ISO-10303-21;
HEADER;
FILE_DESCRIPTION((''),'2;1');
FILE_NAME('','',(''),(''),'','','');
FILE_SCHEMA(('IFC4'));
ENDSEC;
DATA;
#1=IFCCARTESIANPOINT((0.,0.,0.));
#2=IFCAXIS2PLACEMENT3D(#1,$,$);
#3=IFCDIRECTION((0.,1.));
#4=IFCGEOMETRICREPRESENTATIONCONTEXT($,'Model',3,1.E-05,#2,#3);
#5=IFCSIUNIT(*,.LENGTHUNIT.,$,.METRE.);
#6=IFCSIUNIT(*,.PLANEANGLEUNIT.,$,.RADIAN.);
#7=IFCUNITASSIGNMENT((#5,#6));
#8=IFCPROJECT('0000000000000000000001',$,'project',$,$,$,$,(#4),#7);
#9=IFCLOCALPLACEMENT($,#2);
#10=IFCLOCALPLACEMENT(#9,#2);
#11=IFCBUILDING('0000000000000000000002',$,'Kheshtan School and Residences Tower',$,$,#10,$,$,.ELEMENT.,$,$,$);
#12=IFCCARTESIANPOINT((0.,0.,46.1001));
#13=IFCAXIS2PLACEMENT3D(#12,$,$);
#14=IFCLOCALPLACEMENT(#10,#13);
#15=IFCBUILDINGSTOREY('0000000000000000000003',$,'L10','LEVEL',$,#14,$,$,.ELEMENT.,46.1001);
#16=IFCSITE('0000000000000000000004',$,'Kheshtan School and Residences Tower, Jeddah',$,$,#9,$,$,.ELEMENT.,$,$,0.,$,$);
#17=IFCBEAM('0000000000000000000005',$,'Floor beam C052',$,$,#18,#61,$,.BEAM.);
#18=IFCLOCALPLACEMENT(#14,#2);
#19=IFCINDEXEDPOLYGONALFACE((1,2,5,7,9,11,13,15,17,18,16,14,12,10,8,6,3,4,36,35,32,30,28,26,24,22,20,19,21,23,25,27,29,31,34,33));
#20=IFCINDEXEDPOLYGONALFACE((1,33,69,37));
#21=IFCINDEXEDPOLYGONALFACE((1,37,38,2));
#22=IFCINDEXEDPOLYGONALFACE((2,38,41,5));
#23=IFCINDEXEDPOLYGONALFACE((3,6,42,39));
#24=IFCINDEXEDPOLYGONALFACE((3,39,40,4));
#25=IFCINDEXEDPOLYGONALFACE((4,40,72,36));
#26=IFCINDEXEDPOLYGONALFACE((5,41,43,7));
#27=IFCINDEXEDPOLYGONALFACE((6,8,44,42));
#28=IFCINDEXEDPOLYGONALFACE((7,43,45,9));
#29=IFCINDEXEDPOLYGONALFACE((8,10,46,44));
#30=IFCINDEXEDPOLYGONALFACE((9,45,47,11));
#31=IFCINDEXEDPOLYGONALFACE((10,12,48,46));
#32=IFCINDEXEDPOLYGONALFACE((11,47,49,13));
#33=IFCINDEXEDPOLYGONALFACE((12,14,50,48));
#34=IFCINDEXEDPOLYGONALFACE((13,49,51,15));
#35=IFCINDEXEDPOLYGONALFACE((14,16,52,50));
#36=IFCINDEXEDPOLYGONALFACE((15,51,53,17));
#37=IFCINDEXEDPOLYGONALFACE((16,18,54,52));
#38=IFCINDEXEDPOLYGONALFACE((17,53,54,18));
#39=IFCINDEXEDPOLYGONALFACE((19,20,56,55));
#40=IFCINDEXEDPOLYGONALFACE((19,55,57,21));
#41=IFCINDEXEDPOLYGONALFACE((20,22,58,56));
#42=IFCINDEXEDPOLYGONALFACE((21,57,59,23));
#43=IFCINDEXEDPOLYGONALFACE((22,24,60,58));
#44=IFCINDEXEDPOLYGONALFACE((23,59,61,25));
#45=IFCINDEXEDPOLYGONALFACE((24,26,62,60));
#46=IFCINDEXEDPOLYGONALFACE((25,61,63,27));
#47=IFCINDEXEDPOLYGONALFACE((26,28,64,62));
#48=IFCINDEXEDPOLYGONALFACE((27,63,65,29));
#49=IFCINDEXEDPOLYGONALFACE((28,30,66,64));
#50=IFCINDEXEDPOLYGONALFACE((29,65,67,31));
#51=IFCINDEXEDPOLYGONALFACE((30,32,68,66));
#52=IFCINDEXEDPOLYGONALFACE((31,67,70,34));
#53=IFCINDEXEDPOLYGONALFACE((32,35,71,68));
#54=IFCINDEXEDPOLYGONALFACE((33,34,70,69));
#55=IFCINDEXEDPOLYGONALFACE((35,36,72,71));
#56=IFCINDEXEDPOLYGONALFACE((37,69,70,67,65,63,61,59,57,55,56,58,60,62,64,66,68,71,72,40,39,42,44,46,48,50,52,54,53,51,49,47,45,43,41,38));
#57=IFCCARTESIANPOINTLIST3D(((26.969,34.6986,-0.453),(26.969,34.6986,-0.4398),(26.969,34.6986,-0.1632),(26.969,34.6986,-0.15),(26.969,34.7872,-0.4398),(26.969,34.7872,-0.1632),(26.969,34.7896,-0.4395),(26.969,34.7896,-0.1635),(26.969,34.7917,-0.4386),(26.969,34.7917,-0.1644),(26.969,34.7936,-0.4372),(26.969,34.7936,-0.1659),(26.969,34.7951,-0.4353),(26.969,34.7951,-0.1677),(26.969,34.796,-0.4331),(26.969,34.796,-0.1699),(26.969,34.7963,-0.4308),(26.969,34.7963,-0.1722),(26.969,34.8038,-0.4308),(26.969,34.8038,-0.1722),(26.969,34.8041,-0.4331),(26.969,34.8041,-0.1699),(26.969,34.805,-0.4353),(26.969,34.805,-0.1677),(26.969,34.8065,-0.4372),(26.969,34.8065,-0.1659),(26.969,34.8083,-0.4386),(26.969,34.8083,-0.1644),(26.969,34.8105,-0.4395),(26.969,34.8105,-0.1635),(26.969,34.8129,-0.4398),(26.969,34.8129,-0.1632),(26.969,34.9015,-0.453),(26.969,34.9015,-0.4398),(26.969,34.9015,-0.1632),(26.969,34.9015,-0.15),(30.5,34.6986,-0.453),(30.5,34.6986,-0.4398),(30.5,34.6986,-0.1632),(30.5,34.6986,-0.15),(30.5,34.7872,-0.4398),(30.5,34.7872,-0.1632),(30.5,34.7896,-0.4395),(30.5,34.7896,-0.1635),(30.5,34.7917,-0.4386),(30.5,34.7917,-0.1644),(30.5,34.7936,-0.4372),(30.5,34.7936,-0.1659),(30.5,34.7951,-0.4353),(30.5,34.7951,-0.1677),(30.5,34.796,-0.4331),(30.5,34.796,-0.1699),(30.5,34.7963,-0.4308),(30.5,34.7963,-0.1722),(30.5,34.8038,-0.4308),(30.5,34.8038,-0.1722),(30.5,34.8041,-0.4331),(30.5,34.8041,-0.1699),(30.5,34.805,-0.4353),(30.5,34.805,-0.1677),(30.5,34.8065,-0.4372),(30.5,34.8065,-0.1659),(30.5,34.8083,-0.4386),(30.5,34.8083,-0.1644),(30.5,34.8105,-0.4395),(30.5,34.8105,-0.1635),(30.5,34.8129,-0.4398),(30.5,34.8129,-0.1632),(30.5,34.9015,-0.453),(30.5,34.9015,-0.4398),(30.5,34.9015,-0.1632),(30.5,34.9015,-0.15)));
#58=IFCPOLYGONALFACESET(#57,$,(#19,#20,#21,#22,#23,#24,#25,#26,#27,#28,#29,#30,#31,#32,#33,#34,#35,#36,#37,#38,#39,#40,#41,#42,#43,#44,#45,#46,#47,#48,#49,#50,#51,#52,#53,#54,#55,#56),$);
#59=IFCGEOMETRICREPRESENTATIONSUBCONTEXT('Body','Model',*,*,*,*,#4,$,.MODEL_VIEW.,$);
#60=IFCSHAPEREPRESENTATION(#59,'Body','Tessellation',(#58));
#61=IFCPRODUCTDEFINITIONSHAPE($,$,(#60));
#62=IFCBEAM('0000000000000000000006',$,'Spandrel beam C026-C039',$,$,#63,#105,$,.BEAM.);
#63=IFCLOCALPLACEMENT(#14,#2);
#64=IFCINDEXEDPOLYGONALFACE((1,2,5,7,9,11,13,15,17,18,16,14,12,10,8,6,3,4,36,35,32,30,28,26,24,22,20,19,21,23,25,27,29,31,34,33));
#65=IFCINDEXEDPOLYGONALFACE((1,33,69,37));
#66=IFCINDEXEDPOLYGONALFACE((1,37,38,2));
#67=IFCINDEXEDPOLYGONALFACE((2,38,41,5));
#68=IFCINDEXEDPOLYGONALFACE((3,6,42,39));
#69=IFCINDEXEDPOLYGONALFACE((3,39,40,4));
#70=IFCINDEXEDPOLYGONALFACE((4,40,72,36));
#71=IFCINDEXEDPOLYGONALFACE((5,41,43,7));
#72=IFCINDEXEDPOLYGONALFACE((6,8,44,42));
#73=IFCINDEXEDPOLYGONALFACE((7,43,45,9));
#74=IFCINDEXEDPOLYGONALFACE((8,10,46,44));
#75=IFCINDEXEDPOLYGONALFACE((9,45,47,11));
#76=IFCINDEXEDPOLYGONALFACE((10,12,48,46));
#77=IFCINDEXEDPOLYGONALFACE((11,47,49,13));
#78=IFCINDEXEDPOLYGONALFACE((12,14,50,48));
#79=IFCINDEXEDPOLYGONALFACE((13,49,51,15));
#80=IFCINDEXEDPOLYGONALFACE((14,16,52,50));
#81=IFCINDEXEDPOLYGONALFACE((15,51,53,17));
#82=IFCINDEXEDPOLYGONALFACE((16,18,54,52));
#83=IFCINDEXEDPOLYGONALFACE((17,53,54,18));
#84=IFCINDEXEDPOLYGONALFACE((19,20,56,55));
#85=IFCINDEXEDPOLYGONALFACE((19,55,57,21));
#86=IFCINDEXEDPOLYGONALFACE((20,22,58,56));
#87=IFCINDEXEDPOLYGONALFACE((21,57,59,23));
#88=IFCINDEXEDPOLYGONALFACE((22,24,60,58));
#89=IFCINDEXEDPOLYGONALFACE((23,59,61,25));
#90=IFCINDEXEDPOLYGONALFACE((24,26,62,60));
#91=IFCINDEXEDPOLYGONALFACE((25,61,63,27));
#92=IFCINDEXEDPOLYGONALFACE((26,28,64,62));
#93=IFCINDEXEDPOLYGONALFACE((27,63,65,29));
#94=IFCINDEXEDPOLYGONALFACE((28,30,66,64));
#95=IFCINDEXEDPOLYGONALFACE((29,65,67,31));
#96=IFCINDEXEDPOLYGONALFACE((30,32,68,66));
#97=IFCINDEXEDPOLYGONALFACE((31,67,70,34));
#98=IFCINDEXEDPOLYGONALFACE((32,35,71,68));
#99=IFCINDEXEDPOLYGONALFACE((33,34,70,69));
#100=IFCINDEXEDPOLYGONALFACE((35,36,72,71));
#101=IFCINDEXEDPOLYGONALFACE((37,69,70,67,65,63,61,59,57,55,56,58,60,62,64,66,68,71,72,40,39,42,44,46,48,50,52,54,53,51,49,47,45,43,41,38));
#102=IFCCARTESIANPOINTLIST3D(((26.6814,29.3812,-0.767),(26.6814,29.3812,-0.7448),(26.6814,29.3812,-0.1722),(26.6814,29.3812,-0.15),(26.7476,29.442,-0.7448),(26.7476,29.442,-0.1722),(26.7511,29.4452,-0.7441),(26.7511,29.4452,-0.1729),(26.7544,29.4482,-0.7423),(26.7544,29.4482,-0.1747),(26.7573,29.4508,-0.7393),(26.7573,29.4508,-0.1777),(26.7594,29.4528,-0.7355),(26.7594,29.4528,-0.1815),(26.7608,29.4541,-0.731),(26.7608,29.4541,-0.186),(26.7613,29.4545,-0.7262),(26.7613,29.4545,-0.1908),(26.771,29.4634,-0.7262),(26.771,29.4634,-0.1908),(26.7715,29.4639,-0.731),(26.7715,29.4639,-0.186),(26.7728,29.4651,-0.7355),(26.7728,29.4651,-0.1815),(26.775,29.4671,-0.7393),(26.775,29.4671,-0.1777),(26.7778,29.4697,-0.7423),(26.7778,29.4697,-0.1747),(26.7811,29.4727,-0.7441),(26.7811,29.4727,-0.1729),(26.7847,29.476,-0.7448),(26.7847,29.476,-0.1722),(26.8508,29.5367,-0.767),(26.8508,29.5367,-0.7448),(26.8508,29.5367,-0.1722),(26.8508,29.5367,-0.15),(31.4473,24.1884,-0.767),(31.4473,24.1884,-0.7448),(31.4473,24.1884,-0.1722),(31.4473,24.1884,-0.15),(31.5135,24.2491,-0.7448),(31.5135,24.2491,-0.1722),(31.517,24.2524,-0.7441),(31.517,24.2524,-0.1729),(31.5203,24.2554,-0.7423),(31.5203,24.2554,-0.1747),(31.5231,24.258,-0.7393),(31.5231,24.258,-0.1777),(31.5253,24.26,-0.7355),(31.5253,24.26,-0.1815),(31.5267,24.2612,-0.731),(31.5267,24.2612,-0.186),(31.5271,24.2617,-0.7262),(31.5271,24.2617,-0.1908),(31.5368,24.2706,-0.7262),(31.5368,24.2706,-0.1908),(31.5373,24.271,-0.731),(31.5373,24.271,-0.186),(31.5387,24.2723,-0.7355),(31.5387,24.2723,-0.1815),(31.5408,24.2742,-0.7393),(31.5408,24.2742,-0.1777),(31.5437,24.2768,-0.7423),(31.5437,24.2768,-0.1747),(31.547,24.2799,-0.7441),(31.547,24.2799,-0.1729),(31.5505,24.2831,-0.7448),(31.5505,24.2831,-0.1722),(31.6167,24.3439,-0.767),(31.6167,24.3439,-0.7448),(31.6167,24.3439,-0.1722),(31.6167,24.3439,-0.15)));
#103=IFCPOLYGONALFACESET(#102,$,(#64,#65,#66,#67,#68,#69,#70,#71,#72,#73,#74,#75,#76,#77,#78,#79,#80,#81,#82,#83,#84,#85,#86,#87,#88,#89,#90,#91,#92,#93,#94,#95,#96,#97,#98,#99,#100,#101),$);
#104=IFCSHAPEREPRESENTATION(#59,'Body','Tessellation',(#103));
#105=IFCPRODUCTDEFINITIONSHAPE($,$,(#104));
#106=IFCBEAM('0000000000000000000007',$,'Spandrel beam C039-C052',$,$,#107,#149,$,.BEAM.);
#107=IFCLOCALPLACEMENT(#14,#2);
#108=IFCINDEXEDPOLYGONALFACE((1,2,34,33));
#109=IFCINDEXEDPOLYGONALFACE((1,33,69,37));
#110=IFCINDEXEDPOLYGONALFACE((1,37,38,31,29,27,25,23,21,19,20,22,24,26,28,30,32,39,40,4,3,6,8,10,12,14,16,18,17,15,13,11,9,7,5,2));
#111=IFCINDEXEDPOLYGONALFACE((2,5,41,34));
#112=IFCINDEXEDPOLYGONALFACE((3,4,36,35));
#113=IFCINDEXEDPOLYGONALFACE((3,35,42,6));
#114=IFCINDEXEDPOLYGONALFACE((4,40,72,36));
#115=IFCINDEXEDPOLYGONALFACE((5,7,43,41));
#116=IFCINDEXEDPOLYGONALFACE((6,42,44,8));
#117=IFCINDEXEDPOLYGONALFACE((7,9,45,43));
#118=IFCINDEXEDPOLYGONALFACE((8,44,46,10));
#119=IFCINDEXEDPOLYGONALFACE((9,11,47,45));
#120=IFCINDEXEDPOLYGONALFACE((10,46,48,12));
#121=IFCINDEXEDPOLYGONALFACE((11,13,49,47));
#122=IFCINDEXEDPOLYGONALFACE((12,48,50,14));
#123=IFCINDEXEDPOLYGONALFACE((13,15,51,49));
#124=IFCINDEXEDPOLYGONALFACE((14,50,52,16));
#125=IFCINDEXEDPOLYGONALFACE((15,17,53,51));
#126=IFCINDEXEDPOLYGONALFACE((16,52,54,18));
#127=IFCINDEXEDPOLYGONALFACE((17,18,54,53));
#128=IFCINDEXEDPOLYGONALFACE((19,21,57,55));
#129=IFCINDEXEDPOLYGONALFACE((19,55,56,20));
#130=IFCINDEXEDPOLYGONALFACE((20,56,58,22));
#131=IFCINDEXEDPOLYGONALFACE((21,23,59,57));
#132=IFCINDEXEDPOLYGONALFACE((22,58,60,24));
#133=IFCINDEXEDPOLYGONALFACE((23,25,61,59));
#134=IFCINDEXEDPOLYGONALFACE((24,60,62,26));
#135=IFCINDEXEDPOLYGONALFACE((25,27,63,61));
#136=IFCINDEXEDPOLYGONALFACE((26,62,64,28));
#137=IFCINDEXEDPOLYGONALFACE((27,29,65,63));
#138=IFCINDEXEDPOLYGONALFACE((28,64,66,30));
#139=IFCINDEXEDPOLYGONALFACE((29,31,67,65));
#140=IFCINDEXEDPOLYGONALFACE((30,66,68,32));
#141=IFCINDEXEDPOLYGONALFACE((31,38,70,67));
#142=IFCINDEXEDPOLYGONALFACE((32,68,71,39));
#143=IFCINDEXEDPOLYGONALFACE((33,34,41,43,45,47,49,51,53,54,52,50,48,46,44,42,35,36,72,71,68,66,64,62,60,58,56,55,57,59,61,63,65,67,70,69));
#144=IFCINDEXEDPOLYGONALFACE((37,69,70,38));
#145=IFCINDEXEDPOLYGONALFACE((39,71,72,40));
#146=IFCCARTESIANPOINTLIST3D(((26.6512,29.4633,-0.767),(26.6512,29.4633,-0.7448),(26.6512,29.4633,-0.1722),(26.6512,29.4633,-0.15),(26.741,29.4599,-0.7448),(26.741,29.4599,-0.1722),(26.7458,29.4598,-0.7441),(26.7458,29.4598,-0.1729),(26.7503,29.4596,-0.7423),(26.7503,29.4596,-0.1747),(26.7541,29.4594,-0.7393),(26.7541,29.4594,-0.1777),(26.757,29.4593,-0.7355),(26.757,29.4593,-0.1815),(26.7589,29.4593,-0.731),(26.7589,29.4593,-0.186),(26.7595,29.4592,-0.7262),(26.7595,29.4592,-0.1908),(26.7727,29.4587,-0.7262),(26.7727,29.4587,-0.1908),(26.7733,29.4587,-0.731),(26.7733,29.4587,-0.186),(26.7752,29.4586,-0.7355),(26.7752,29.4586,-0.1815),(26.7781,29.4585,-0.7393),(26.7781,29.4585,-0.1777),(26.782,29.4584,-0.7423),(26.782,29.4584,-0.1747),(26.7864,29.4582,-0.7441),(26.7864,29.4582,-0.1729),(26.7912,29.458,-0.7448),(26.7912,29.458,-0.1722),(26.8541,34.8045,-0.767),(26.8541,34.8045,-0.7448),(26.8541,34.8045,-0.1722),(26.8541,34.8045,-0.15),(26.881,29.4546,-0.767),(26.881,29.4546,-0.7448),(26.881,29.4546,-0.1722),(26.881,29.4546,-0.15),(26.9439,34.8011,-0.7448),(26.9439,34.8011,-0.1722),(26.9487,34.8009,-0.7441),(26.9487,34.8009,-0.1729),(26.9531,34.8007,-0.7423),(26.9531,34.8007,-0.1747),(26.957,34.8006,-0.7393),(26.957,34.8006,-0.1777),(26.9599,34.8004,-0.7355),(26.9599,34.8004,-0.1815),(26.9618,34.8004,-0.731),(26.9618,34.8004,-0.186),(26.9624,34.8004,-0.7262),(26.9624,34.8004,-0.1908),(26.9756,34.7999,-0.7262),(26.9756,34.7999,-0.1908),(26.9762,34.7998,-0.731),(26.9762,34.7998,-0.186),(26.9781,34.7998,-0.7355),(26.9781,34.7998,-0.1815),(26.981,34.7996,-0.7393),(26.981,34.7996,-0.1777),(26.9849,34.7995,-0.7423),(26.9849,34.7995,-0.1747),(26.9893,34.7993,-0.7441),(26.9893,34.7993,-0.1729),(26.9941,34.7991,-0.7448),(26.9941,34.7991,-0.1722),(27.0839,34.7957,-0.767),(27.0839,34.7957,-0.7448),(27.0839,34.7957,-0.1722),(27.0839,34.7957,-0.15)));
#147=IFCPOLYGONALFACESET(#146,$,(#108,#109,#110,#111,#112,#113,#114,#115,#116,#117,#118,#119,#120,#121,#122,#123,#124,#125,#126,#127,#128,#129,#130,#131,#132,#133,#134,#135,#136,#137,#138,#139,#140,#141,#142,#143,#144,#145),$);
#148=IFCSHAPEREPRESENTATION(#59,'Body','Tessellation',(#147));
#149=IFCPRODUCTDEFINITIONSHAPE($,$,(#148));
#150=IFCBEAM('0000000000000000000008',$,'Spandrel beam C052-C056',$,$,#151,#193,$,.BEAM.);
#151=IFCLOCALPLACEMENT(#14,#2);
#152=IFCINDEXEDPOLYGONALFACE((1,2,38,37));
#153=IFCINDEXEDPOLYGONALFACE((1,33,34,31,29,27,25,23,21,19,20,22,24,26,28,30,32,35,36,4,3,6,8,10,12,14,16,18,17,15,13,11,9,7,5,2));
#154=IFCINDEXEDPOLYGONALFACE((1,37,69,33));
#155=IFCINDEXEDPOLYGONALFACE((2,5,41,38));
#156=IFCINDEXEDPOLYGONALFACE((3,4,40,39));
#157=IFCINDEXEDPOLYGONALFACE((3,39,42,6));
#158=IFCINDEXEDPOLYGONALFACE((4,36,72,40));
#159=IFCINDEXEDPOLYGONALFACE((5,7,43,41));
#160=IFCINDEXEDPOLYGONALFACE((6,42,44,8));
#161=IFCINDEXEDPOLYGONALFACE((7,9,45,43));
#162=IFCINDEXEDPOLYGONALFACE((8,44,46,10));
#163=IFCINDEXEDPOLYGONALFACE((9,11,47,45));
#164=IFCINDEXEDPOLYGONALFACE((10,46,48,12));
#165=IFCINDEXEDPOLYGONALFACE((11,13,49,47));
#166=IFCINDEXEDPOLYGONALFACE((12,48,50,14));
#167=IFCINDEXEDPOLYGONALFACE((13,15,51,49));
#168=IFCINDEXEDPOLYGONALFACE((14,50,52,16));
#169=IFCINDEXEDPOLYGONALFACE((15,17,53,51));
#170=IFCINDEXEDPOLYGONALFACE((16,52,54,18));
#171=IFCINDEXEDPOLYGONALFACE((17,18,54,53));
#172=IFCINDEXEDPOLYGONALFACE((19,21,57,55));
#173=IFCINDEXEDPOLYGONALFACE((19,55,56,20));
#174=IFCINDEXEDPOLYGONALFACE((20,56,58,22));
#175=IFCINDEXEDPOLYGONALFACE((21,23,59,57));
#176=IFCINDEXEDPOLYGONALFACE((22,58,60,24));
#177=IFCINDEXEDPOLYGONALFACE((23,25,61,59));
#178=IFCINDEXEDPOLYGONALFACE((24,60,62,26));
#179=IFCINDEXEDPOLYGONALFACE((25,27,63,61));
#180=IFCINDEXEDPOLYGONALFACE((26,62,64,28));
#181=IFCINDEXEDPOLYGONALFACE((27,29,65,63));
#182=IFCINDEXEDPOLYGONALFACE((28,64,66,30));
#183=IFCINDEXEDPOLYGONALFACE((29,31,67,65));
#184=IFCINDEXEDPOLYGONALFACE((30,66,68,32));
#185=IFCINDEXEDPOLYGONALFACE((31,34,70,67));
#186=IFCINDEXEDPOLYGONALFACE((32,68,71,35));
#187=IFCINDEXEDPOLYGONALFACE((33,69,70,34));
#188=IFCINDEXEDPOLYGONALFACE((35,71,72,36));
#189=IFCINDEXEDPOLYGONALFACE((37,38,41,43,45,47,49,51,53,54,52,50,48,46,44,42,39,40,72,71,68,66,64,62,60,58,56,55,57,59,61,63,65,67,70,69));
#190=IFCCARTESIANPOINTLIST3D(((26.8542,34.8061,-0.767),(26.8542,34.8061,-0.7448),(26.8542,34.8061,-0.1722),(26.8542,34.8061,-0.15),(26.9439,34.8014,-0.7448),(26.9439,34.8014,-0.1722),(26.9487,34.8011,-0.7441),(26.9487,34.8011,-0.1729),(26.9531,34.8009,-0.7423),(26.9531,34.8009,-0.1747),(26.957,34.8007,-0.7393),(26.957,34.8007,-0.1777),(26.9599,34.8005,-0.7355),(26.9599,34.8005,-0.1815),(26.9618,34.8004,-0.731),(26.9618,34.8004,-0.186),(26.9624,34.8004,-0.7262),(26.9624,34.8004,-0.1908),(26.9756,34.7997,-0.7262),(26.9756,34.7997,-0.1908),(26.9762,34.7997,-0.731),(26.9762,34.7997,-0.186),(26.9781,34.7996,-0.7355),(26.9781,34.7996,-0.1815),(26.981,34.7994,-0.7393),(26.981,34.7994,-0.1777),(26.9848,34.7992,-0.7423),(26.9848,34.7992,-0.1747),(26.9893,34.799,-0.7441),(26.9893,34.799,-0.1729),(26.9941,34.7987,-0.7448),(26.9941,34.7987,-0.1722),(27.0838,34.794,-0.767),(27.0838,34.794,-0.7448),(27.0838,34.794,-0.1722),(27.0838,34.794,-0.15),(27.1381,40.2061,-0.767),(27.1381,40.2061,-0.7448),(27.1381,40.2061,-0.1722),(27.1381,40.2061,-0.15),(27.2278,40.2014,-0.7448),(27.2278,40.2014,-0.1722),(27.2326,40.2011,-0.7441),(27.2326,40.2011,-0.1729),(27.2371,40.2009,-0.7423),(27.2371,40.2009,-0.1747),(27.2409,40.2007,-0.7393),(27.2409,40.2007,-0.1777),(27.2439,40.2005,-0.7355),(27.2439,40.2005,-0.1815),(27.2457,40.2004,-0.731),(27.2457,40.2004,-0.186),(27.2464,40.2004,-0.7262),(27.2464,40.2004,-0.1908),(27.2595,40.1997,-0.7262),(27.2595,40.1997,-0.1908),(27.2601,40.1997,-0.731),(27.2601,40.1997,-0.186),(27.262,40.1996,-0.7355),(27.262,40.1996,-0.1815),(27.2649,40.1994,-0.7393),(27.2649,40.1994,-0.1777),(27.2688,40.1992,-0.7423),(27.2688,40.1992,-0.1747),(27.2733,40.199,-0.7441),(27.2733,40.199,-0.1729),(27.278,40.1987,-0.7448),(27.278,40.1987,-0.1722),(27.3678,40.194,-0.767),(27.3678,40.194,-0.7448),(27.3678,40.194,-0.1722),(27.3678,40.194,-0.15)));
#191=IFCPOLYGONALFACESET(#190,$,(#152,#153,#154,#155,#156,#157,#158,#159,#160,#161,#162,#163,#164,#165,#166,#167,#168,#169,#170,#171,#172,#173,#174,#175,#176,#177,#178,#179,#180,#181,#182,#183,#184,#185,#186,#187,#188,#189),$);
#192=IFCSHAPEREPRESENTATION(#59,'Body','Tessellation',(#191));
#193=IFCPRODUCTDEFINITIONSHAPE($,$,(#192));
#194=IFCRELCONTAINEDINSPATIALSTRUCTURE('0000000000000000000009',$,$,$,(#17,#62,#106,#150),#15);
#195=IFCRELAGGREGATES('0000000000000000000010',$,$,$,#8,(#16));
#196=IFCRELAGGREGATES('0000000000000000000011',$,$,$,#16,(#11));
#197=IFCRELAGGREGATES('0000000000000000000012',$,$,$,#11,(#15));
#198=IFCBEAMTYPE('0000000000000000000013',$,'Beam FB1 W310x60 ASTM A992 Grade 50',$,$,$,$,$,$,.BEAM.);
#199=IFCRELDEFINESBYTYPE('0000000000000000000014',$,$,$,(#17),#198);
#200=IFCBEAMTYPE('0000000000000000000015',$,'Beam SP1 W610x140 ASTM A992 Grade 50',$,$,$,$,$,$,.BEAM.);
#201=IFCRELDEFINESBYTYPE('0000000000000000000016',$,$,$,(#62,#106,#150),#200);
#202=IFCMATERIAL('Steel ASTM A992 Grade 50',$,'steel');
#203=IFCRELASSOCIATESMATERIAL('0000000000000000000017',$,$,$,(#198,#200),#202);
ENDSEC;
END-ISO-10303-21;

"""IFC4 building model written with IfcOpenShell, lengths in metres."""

from ifc_helpers import new_model, si_unit, direction, frame, origin, origin_2d, place, context, subcontext, project, spatial, i_section, extrude, material, material_profile, profile_set, type_object, element, save


model = new_model("IFC4")

# Units and contexts
model_context = context("Model", 3, precision=1e-05, world=origin(), true_north=direction((0.0, 1.0)))
body_context = subcontext(model_context, "Body", "Model", "MODEL_VIEW")
ifc_project = project(units=[si_unit("LENGTHUNIT", "METRE"), si_unit("PLANEANGLEUNIT", "RADIAN")], contexts=[model_context])

# Site, building, storey
site_placement = place(None, origin())
site = spatial("IfcSite", under=ifc_project, at=site_placement, Name="Kheshtan School and Residences Tower, Jeddah", CompositionType="ELEMENT", RefElevation=0.0)
building_placement = place(site_placement, origin())
building = spatial("IfcBuilding", under=site, at=building_placement, Name="Kheshtan School and Residences Tower", CompositionType="ELEMENT")
storey_placement = place(building_placement, frame((0.0, 0.0, 46.1001)))
storey = spatial("IfcBuildingStorey", under=building, at=storey_placement, Name="L10", Description="LEVEL", CompositionType="ELEMENT", Elevation=46.1001)

# Shared definitions
ifc_material_1 = material(Name="Steel ASTM A992 Grade 50", Category="steel")

# Beams
ifc_material_profile_1 = material_profile(ifc_material_1, i_section(OverallWidth=0.2029, OverallDepth=0.303, WebThickness=0.0076, FlangeThickness=0.0132, FilletRadius=0.009, at=origin_2d()), Name="W310x60")
ifc_profile_set_1 = profile_set([ifc_material_profile_1], Name="Steel ASTM A992 Grade 50")
beam_type_1 = type_object("IfcBeamType", Name="Beam FB1 W310x60 ASTM A992 Grade 50", PredefinedType="BEAM", material=ifc_profile_set_1)
beam_1_placement = place(storey_placement, frame((26.969, 34.8, -0.3015), z_axis=(1.0, 0.0, 0.0), x_axis=(0.0, 1.0, 0.0)))
element("IfcBeam", 1, at=beam_1_placement, inside=storey, type_object=beam_type_1, Name="Floor beam C052", PredefinedType="BEAM", context=body_context, shape_type="SweptSolid", body=[
    extrude(i_section(OverallWidth=0.2029, OverallDepth=0.303, WebThickness=0.0076, FlangeThickness=0.0132, FilletRadius=0.009, at=origin_2d()), origin(), (0.0, 0.0, 1.0), 3.531),
])
ifc_material_profile_2 = material_profile(ifc_material_1, i_section(OverallWidth=0.23, OverallDepth=0.6169, WebThickness=0.0132, FlangeThickness=0.0222, FilletRadius=0.0186, at=origin_2d()), Name="W610x140")
ifc_profile_set_2 = profile_set([ifc_material_profile_2], Name="Steel ASTM A992 Grade 50")
beam_type_2 = type_object("IfcBeamType", Name="Beam SP1 W610x140 ASTM A992 Grade 50", PredefinedType="BEAM", material=ifc_profile_set_2)
beam_2_placement = place(storey_placement, frame((31.532, 24.2661, -0.4585), z_axis=(-0.676167, 0.736749, 0.0), x_axis=(-0.736749, -0.676167, 0.0)))
element("IfcBeam", 2, at=beam_2_placement, inside=storey, type_object=beam_type_2, Name="Spandrel beam C026-C039", PredefinedType="BEAM", context=body_context, shape_type="SweptSolid", body=[
    extrude(i_section(OverallWidth=0.23, OverallDepth=0.6169, WebThickness=0.0132, FlangeThickness=0.0222, FilletRadius=0.0186, at=origin_2d()), origin(), (0.0, 0.0, 1.0), 7.0483),
])
beam_3_placement = place(storey_placement, frame((26.7661, 29.459, -0.4585), z_axis=(0.037958, 0.999279, 0.0), x_axis=(-0.999279, 0.037958, 0.0)))
element("IfcBeam", 3, at=beam_3_placement, inside=storey, type_object=beam_type_2, Name="Spandrel beam C039-C052", PredefinedType="BEAM", context=body_context, shape_type="SweptSolid", body=[
    extrude(i_section(OverallWidth=0.23, OverallDepth=0.6169, WebThickness=0.0132, FlangeThickness=0.0222, FilletRadius=0.0186, at=origin_2d()), origin(), (0.0, 0.0, 1.0), 5.345),
])
beam_4_placement = place(storey_placement, frame((26.969, 34.8, -0.4585), z_axis=(0.052509, 0.99862, 0.0), x_axis=(-0.99862, 0.052509, 0.0)))
element("IfcBeam", 4, at=beam_4_placement, inside=storey, type_object=beam_type_2, Name="Spandrel beam C052-C056", PredefinedType="BEAM", context=body_context, shape_type="SweptSolid", body=[
    extrude(i_section(OverallWidth=0.23, OverallDepth=0.6169, WebThickness=0.0132, FlangeThickness=0.0222, FilletRadius=0.0186, at=origin_2d()), origin(), (0.0, 0.0, 1.0), 5.4075),
])

save(model, "model.ifc")
